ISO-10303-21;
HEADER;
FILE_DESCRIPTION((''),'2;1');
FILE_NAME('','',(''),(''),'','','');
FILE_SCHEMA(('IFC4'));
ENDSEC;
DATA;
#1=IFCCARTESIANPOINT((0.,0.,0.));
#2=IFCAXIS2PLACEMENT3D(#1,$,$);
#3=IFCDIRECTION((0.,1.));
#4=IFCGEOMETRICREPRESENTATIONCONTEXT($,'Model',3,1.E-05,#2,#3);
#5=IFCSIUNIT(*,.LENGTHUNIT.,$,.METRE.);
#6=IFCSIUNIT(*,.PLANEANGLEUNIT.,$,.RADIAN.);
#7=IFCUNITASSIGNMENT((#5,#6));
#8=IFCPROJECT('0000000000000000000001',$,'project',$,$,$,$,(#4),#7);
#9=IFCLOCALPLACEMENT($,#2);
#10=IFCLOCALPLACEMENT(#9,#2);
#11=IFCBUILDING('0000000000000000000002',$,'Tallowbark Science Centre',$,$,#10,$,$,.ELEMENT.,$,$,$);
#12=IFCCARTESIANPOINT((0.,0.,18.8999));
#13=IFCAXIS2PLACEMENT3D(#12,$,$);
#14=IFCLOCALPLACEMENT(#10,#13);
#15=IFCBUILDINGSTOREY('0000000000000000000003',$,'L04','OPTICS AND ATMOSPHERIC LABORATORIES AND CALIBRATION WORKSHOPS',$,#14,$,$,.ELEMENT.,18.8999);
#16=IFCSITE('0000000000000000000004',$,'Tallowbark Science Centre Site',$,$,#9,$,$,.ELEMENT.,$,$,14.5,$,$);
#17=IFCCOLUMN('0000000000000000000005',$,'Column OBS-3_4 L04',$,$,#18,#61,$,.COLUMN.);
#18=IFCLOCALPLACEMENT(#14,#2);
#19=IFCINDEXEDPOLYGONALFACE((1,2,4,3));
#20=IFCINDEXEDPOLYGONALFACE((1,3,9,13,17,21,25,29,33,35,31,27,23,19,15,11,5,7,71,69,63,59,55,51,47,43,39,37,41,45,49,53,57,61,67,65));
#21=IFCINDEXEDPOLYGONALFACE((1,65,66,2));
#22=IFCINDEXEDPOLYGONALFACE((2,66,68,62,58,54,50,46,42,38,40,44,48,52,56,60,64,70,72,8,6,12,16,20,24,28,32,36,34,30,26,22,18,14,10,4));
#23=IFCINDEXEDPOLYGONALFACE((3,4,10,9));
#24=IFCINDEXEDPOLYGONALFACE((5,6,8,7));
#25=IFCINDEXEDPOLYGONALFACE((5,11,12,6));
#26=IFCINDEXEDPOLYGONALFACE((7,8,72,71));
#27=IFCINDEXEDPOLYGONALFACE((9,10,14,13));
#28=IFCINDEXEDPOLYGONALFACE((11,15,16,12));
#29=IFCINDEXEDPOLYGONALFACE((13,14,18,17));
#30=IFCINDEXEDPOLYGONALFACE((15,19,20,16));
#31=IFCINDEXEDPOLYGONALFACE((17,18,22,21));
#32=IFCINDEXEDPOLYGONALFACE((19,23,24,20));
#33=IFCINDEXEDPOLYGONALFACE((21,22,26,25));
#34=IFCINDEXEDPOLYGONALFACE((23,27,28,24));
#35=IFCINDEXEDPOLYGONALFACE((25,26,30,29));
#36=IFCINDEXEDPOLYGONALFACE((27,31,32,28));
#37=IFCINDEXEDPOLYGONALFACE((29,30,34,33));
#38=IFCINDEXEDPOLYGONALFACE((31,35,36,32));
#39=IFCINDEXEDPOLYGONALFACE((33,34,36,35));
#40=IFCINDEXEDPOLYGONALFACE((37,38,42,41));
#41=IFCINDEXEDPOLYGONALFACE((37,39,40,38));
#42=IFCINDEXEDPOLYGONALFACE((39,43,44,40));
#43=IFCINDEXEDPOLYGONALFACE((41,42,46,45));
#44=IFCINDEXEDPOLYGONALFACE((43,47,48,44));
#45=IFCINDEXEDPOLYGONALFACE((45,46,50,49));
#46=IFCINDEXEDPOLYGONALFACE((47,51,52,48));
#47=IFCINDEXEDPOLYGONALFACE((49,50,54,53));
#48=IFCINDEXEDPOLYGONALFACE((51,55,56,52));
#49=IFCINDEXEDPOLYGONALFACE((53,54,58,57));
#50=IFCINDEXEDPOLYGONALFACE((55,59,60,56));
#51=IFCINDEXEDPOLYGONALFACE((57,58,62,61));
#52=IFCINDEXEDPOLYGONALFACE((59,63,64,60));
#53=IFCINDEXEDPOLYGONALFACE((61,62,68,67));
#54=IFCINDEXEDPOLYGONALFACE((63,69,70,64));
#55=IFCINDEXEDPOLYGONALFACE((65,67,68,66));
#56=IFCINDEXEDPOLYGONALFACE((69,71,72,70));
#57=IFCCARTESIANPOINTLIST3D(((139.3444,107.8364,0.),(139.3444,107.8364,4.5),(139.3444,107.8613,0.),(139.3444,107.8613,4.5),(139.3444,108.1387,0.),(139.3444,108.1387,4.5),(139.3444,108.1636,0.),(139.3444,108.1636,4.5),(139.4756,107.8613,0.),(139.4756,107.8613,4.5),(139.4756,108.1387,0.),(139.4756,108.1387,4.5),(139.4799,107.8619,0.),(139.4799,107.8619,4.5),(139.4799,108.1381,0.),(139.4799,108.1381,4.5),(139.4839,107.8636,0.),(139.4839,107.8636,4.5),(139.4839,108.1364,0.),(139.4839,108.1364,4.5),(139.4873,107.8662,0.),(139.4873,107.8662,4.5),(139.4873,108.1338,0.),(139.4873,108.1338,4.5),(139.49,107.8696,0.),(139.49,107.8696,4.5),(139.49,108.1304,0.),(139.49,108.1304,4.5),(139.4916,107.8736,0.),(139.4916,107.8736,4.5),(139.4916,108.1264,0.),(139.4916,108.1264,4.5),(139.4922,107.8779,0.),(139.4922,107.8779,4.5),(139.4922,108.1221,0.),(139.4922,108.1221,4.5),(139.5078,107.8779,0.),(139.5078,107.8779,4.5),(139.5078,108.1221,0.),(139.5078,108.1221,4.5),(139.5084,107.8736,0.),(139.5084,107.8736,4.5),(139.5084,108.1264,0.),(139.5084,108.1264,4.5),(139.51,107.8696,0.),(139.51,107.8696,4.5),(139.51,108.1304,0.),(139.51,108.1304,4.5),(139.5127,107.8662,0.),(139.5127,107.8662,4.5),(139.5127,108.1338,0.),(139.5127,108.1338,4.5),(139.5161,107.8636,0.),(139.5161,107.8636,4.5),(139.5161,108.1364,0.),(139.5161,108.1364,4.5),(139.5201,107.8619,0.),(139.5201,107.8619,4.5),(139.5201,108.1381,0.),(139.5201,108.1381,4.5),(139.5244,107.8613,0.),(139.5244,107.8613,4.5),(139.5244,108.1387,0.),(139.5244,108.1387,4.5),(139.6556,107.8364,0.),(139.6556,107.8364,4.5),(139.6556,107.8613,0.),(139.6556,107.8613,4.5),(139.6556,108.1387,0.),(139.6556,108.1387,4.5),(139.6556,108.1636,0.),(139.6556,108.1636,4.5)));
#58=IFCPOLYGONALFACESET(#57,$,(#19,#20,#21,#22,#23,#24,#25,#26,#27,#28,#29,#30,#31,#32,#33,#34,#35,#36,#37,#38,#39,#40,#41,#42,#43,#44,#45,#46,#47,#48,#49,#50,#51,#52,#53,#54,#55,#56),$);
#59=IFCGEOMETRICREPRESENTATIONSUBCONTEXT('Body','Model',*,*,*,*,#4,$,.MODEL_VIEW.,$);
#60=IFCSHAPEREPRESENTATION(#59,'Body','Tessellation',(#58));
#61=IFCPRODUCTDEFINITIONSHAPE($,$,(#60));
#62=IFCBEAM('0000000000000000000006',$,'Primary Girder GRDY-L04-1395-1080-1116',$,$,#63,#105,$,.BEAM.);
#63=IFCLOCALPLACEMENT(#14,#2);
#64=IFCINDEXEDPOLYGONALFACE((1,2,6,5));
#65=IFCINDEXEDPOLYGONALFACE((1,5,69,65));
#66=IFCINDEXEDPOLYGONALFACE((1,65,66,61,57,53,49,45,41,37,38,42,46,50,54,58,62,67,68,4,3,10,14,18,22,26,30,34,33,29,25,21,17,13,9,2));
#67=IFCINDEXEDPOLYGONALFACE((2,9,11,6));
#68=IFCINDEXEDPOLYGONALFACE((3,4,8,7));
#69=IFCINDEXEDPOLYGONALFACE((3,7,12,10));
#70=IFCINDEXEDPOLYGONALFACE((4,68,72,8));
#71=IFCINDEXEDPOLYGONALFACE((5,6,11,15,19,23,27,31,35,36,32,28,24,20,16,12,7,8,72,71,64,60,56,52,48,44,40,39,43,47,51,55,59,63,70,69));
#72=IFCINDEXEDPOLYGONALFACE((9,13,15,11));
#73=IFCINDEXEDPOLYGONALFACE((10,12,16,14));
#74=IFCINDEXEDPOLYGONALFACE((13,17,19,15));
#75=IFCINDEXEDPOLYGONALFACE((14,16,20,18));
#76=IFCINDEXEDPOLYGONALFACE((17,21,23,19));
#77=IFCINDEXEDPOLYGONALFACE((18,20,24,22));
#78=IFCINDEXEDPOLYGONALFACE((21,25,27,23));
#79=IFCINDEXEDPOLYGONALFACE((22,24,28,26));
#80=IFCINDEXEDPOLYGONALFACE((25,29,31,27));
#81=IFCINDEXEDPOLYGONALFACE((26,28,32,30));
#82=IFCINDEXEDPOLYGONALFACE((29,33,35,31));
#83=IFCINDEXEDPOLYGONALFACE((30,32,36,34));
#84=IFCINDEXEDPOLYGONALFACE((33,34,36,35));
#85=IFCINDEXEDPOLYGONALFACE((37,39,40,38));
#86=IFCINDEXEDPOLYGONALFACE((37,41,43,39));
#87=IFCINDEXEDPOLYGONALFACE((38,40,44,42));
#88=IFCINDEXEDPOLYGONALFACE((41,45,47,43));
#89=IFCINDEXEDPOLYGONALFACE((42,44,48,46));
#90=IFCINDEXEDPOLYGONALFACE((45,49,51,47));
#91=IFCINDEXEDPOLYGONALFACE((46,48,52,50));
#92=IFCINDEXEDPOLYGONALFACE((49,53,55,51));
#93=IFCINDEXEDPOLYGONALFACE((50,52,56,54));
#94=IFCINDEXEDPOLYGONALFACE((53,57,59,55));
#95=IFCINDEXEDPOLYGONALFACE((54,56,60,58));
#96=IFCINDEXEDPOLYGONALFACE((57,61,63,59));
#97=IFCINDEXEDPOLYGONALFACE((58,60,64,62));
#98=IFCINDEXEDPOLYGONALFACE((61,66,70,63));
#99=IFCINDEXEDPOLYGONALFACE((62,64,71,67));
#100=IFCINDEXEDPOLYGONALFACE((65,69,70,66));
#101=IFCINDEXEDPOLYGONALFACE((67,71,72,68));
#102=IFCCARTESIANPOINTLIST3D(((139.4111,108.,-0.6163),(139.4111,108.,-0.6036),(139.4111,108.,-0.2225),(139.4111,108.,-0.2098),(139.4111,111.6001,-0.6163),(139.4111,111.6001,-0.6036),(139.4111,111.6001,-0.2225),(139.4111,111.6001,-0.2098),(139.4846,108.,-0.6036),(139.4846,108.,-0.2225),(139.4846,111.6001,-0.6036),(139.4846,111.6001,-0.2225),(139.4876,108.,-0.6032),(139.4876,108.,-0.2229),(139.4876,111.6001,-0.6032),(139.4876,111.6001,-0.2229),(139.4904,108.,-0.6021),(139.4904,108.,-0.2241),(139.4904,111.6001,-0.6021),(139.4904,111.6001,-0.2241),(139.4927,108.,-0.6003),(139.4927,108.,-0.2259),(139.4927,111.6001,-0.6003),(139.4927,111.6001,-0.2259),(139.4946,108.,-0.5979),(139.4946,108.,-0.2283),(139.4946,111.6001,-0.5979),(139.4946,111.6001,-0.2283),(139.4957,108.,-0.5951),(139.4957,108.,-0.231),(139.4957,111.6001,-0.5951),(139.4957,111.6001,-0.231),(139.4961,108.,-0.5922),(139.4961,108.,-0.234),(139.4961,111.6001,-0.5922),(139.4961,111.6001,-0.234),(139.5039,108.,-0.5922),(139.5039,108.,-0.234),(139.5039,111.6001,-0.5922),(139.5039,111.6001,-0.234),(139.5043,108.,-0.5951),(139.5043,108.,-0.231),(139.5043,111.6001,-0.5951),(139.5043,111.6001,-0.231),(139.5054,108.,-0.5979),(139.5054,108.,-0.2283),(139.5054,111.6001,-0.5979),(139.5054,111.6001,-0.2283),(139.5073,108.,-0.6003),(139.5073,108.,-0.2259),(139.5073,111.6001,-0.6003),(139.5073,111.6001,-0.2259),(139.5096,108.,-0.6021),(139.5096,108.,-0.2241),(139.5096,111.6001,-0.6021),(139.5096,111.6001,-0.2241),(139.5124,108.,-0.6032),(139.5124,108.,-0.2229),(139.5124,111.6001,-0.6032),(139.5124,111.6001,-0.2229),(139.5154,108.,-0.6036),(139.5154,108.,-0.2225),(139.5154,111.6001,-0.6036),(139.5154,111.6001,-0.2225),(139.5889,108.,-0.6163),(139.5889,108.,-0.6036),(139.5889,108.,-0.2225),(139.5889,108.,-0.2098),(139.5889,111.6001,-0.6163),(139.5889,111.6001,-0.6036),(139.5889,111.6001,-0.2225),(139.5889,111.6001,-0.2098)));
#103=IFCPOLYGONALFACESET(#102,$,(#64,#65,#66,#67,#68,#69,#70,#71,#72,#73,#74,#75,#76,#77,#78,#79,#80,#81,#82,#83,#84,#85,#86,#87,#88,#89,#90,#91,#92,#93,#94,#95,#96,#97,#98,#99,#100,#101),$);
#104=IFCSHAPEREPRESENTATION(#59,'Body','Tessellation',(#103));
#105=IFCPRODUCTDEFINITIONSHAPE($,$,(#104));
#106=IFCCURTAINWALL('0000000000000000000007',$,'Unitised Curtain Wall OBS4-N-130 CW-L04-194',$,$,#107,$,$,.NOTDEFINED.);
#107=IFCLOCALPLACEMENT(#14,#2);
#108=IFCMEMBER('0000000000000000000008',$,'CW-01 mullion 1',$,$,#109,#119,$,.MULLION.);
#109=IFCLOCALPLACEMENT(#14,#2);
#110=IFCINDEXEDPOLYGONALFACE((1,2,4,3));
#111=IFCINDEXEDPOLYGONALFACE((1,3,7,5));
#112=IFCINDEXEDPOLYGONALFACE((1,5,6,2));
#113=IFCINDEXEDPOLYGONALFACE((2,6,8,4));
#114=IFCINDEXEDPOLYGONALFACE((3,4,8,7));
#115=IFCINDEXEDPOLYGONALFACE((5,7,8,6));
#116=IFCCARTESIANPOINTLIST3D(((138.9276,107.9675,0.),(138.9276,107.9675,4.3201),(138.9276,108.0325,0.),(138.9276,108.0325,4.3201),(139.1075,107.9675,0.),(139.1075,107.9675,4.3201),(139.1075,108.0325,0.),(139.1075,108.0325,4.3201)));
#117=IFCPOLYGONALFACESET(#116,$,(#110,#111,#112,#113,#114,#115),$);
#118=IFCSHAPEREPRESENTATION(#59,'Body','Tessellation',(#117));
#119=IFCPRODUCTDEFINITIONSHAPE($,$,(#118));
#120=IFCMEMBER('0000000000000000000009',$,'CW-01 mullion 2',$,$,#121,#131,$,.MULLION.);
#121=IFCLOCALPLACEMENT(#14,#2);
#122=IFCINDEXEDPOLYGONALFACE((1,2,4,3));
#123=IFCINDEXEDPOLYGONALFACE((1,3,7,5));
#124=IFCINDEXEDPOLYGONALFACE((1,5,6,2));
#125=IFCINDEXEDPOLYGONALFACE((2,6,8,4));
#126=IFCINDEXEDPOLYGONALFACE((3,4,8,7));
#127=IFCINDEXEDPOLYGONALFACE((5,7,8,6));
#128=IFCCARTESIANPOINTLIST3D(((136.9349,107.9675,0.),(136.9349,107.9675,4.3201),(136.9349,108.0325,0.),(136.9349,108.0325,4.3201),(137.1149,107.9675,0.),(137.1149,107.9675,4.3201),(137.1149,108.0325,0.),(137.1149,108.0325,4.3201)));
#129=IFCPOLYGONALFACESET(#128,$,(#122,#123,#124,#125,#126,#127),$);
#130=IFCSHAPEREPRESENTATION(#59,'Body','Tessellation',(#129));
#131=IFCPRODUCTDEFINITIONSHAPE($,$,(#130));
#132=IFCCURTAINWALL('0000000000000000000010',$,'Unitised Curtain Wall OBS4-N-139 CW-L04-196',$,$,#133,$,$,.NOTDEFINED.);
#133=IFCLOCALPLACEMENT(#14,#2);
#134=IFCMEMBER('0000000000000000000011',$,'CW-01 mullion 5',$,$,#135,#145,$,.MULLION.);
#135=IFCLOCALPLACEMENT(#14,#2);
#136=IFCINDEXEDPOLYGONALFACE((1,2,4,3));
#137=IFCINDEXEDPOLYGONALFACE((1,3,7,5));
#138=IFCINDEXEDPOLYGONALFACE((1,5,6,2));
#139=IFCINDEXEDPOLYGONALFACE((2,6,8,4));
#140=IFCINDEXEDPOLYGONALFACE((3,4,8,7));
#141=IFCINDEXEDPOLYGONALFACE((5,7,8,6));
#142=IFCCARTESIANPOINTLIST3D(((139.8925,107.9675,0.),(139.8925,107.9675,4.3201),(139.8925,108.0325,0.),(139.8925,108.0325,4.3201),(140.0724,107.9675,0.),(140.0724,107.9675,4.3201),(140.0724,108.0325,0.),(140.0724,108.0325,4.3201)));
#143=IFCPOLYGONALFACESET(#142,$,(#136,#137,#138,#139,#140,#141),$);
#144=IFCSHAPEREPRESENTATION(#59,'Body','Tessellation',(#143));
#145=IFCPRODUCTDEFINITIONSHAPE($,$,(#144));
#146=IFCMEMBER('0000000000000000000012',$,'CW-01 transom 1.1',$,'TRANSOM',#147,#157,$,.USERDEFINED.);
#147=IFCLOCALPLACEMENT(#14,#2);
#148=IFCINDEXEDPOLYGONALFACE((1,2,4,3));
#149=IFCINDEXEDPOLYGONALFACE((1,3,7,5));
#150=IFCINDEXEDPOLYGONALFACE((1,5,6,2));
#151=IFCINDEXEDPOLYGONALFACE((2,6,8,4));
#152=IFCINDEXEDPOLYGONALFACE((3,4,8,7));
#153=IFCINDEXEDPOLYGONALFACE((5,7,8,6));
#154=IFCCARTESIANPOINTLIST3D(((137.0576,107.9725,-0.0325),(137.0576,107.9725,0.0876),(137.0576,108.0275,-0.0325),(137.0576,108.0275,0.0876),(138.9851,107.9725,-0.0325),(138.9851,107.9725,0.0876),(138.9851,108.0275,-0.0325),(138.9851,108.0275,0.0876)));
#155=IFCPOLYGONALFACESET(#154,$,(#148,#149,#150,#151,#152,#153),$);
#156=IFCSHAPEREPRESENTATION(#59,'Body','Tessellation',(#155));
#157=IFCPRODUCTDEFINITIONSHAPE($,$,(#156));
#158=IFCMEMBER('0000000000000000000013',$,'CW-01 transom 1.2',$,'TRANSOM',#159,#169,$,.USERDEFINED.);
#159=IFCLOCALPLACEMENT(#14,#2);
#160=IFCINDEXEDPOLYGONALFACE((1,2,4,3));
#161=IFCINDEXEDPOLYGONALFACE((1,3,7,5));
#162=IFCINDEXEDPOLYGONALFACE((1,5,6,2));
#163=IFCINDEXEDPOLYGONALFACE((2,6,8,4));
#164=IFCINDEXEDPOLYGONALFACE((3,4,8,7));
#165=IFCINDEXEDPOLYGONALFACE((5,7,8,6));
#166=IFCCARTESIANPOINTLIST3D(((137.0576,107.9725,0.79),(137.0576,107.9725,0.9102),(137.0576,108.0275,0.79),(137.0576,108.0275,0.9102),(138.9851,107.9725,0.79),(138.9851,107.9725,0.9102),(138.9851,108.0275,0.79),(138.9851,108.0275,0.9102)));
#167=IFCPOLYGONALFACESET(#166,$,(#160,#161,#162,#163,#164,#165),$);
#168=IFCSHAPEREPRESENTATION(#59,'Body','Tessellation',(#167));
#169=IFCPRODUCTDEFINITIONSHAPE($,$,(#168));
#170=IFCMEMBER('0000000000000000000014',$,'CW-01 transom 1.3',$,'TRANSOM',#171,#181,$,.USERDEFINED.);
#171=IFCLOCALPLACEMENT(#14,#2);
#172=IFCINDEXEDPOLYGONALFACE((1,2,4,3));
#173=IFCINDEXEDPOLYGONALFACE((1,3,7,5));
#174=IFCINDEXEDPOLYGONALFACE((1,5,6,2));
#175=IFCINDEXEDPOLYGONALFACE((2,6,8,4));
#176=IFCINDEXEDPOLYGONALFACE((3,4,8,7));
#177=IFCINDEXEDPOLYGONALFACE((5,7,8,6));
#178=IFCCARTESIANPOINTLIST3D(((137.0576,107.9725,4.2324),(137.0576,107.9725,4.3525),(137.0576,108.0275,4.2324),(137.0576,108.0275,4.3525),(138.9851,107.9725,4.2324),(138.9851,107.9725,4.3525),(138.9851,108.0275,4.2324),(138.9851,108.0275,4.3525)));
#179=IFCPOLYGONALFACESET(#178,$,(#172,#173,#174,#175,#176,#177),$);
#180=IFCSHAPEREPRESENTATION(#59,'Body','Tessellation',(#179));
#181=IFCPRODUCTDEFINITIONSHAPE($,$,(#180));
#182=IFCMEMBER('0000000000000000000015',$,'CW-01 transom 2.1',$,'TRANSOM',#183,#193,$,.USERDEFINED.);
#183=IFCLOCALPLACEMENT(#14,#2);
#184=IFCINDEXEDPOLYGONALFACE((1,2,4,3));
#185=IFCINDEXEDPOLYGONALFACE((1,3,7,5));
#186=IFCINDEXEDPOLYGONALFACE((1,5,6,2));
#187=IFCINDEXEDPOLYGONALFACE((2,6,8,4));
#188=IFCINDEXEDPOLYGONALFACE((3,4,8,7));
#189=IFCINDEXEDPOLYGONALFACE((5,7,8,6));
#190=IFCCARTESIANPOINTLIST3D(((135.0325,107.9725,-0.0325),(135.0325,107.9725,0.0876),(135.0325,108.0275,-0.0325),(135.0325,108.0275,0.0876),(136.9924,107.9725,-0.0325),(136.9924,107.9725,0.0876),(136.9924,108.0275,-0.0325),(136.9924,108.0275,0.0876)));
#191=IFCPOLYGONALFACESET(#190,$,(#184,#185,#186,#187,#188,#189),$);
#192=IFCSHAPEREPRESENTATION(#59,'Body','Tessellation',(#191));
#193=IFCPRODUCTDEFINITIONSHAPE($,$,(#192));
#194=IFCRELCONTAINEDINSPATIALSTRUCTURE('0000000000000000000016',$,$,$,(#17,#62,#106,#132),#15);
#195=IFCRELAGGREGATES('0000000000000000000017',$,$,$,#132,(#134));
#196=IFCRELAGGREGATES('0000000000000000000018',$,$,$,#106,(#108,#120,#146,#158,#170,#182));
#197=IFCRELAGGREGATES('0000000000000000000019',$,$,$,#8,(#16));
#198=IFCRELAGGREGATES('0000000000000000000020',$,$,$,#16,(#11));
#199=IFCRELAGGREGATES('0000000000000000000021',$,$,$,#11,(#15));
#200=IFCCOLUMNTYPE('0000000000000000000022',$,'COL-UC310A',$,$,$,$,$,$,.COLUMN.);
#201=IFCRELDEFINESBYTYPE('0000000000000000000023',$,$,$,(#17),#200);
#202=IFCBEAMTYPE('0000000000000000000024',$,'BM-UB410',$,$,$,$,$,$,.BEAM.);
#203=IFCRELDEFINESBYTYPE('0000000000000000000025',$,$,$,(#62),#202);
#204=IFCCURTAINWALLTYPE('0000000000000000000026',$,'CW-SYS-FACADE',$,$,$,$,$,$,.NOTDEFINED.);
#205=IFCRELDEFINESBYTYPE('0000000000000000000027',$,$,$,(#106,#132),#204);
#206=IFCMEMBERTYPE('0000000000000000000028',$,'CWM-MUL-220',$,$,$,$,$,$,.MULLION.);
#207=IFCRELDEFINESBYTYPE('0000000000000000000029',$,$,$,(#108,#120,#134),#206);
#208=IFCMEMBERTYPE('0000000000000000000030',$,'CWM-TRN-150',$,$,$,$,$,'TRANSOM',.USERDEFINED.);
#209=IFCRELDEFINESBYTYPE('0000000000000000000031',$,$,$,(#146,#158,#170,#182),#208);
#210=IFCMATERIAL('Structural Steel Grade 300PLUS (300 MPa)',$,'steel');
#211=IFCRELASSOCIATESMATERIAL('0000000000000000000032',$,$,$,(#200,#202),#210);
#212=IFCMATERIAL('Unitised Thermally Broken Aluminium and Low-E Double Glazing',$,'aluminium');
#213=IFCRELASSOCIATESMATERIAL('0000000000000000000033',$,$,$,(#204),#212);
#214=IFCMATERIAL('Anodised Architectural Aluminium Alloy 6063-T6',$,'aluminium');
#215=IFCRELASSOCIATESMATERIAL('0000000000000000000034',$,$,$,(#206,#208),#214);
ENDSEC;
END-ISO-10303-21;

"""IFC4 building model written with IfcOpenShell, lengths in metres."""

from ifc_helpers import new_model, si_unit, direction, frame, origin, origin_2d, place, context, subcontext, project, spatial, rectangle, i_section, extrude, material, material_profile, profile_set, type_object, element, aggregate, save


model = new_model("IFC4")

# Units and contexts
model_context = context("Model", 3, precision=1e-05, world=origin(), true_north=direction((0.0, 1.0)))
body_context = subcontext(model_context, "Body", "Model", "MODEL_VIEW")
ifc_project = project(units=[si_unit("LENGTHUNIT", "METRE"), si_unit("PLANEANGLEUNIT", "RADIAN")], contexts=[model_context])

# Site, building, storey
site_placement = place(None, origin())
site = spatial("IfcSite", under=ifc_project, at=site_placement, Name="Tallowbark Science Centre Site", CompositionType="ELEMENT", RefElevation=14.5)
building_placement = place(site_placement, origin())
building = spatial("IfcBuilding", under=site, at=building_placement, Name="Tallowbark Science Centre", CompositionType="ELEMENT")
storey_placement = place(building_placement, frame((0.0, 0.0, 18.8999)))
storey = spatial("IfcBuildingStorey", under=building, at=storey_placement, Name="L04", Description="OPTICS AND ATMOSPHERIC LABORATORIES AND CALIBRATION WORKSHOPS", CompositionType="ELEMENT", Elevation=18.8999)

# Column
ifc_material_1 = material(Name="Structural Steel Grade 300PLUS (300 MPa)", Category="steel")
ifc_material_profile_1 = material_profile(ifc_material_1, i_section(OverallWidth=0.3113, OverallDepth=0.3271, WebThickness=0.0156, FlangeThickness=0.0249, FilletRadius=0.0166, at=origin_2d()), Name="310UC158")
ifc_profile_set_1 = profile_set([ifc_material_profile_1], Name="Structural Steel Grade 300PLUS (300 MPa)")
column_type = type_object("IfcColumnType", Name="COL-UC310A", PredefinedType="COLUMN", material=ifc_profile_set_1)
column_placement = place(storey_placement, frame((139.5, 108.0, 0.0), z_axis=(0.0, 0.0, 1.0), x_axis=(1.0, 0.0, 0.0)))
element("IfcColumn", 1, at=column_placement, inside=storey, type_object=column_type, Name="Column OBS-3_4 L04", PredefinedType="COLUMN", context=body_context, shape_type="SweptSolid", body=[
    extrude(i_section(OverallWidth=0.3113, OverallDepth=0.3271, WebThickness=0.0156, FlangeThickness=0.0249, FilletRadius=0.0166, at=origin_2d()), origin(), (0.0, 0.0, 1.0), 4.5),
])

# Beam
ifc_material_profile_2 = material_profile(ifc_material_1, i_section(OverallWidth=0.1777, OverallDepth=0.4065, WebThickness=0.0078, FlangeThickness=0.0127, FilletRadius=0.0115, at=origin_2d()), Name="410UB59.7")
ifc_profile_set_2 = profile_set([ifc_material_profile_2], Name="Structural Steel Grade 300PLUS (300 MPa)")
beam_type_1 = type_object("IfcBeamType", Name="BM-UB410", PredefinedType="BEAM", material=ifc_profile_set_2)
beam_1_placement = place(storey_placement, frame((139.5, 108.0, -0.4131), z_axis=(0.0, 1.0, 0.0), x_axis=(-1.0, 0.0, 0.0)))
element("IfcBeam", 2, at=beam_1_placement, inside=storey, type_object=beam_type_1, Name="Primary Girder GRDY-L04-1395-1080-1116", PredefinedType="BEAM", context=body_context, shape_type="SweptSolid", body=[
    extrude(i_section(OverallWidth=0.1777, OverallDepth=0.4065, WebThickness=0.0078, FlangeThickness=0.0127, FilletRadius=0.0115, at=origin_2d()), origin(), (0.0, 0.0, 1.0), 3.6001),
])

# Curtain wall, members
ifc_material_2 = material(Name="Unitised Thermally Broken Aluminium and Low-E Double Glazing", Category="aluminium")
curtain_wall_type = type_object("IfcCurtainWallType", Name="CW-SYS-FACADE", PredefinedType="NOTDEFINED", material=ifc_material_2)
curtain_wall_1_placement = place(storey_placement, origin())
curtain_wall_1 = element("IfcCurtainWall", 3, at=curtain_wall_1_placement, inside=storey, type_object=curtain_wall_type, Name="Unitised Curtain Wall OBS4-N-130 CW-L04-194", PredefinedType="NOTDEFINED")
ifc_material_3 = material(Name="Anodised Architectural Aluminium Alloy 6063-T6", Category="aluminium")
ifc_material_profile_3 = material_profile(ifc_material_3, rectangle(XDim=0.0649, YDim=0.1799, at=origin_2d()), Name="ALU65x180")
ifc_profile_set_3 = profile_set([ifc_material_profile_3], Name="Anodised Architectural Aluminium Alloy 6063-T6")
member_type_1 = type_object("IfcMemberType", Name="CWM-MUL-220", PredefinedType="MULLION", material=ifc_profile_set_3)
member_1_placement = place(storey_placement, frame((139.0176, 108.0, 0.0), z_axis=(0.0, 0.0, 1.0), x_axis=(0.0, -1.0, 0.0)))
member_1 = element("IfcMember", 4, at=member_1_placement, type_object=member_type_1, Name="CW-01 mullion 1", PredefinedType="MULLION", context=body_context, shape_type="SweptSolid", body=[
    extrude(rectangle(XDim=0.0649, YDim=0.1799, at=origin_2d()), origin(), (0.0, 0.0, 1.0), 4.3201),
])
member_2_placement = place(storey_placement, frame((137.0249, 108.0, 0.0), z_axis=(0.0, 0.0, 1.0), x_axis=(0.0, -1.0, 0.0)))
member_2 = element("IfcMember", 5, at=member_2_placement, type_object=member_type_1, Name="CW-01 mullion 2", PredefinedType="MULLION", context=body_context, shape_type="SweptSolid", body=[
    extrude(rectangle(XDim=0.0649, YDim=0.1799, at=origin_2d()), origin(), (0.0, 0.0, 1.0), 4.3201),
])

# Curtain wall, member
curtain_wall_2_placement = place(storey_placement, origin())
curtain_wall_2 = element("IfcCurtainWall", 6, at=curtain_wall_2_placement, inside=storey, type_object=curtain_wall_type, Name="Unitised Curtain Wall OBS4-N-139 CW-L04-196", PredefinedType="NOTDEFINED")
member_3_placement = place(storey_placement, frame((139.9824, 108.0, 0.0), z_axis=(0.0, 0.0, 1.0), x_axis=(0.0, -1.0, 0.0)))
member_3 = element("IfcMember", 7, at=member_3_placement, type_object=member_type_1, Name="CW-01 mullion 5", PredefinedType="MULLION", context=body_context, shape_type="SweptSolid", body=[
    extrude(rectangle(XDim=0.0649, YDim=0.1799, at=origin_2d()), origin(), (0.0, 0.0, 1.0), 4.3201),
])
aggregate(curtain_wall_2, [member_3])

# Members
ifc_material_profile_4 = material_profile(ifc_material_3, rectangle(XDim=0.0549, YDim=0.1201, at=origin_2d()), Name="ALU55x120")
ifc_profile_set_4 = profile_set([ifc_material_profile_4], Name="Anodised Architectural Aluminium Alloy 6063-T6")
member_type_2 = type_object("IfcMemberType", Name="CWM-TRN-150", ElementType="TRANSOM", PredefinedType="USERDEFINED", material=ifc_profile_set_4)
member_4_placement = place(storey_placement, frame((138.9851, 108.0, 0.0276), z_axis=(-1.0, 0.0, 0.0), x_axis=(0.0, -1.0, 0.0)))
member_4 = element("IfcMember", 8, at=member_4_placement, type_object=member_type_2, Name="CW-01 transom 1.1", ObjectType="TRANSOM", PredefinedType="USERDEFINED", context=body_context, shape_type="SweptSolid", body=[
    extrude(rectangle(XDim=0.0549, YDim=0.1201, at=origin_2d()), origin(), (0.0, 0.0, 1.0), 1.9275),
])
member_5_placement = place(storey_placement, frame((138.9851, 108.0, 0.8501), z_axis=(-1.0, 0.0, 0.0), x_axis=(0.0, -1.0, 0.0)))
member_5 = element("IfcMember", 9, at=member_5_placement, type_object=member_type_2, Name="CW-01 transom 1.2", ObjectType="TRANSOM", PredefinedType="USERDEFINED", context=body_context, shape_type="SweptSolid", body=[
    extrude(rectangle(XDim=0.0549, YDim=0.1201, at=origin_2d()), origin(), (0.0, 0.0, 1.0), 1.9275),
])
member_6_placement = place(storey_placement, frame((138.9851, 108.0, 4.2925), z_axis=(-1.0, 0.0, 0.0), x_axis=(0.0, -1.0, 0.0)))
member_6 = element("IfcMember", 10, at=member_6_placement, type_object=member_type_2, Name="CW-01 transom 1.3", ObjectType="TRANSOM", PredefinedType="USERDEFINED", context=body_context, shape_type="SweptSolid", body=[
    extrude(rectangle(XDim=0.0549, YDim=0.1201, at=origin_2d()), origin(), (0.0, 0.0, 1.0), 1.9275),
])
member_7_placement = place(storey_placement, frame((136.9924, 108.0, 0.0276), z_axis=(-1.0, 0.0, 0.0), x_axis=(0.0, -1.0, 0.0)))
member_7 = element("IfcMember", 11, at=member_7_placement, type_object=member_type_2, Name="CW-01 transom 2.1", ObjectType="TRANSOM", PredefinedType="USERDEFINED", context=body_context, shape_type="SweptSolid", body=[
    extrude(rectangle(XDim=0.0549, YDim=0.1201, at=origin_2d()), origin(), (0.0, 0.0, 1.0), 1.96),
])

aggregate(curtain_wall_1, [member_1, member_2, member_4, member_5, member_6, member_7])

save(model, "model.ifc")
